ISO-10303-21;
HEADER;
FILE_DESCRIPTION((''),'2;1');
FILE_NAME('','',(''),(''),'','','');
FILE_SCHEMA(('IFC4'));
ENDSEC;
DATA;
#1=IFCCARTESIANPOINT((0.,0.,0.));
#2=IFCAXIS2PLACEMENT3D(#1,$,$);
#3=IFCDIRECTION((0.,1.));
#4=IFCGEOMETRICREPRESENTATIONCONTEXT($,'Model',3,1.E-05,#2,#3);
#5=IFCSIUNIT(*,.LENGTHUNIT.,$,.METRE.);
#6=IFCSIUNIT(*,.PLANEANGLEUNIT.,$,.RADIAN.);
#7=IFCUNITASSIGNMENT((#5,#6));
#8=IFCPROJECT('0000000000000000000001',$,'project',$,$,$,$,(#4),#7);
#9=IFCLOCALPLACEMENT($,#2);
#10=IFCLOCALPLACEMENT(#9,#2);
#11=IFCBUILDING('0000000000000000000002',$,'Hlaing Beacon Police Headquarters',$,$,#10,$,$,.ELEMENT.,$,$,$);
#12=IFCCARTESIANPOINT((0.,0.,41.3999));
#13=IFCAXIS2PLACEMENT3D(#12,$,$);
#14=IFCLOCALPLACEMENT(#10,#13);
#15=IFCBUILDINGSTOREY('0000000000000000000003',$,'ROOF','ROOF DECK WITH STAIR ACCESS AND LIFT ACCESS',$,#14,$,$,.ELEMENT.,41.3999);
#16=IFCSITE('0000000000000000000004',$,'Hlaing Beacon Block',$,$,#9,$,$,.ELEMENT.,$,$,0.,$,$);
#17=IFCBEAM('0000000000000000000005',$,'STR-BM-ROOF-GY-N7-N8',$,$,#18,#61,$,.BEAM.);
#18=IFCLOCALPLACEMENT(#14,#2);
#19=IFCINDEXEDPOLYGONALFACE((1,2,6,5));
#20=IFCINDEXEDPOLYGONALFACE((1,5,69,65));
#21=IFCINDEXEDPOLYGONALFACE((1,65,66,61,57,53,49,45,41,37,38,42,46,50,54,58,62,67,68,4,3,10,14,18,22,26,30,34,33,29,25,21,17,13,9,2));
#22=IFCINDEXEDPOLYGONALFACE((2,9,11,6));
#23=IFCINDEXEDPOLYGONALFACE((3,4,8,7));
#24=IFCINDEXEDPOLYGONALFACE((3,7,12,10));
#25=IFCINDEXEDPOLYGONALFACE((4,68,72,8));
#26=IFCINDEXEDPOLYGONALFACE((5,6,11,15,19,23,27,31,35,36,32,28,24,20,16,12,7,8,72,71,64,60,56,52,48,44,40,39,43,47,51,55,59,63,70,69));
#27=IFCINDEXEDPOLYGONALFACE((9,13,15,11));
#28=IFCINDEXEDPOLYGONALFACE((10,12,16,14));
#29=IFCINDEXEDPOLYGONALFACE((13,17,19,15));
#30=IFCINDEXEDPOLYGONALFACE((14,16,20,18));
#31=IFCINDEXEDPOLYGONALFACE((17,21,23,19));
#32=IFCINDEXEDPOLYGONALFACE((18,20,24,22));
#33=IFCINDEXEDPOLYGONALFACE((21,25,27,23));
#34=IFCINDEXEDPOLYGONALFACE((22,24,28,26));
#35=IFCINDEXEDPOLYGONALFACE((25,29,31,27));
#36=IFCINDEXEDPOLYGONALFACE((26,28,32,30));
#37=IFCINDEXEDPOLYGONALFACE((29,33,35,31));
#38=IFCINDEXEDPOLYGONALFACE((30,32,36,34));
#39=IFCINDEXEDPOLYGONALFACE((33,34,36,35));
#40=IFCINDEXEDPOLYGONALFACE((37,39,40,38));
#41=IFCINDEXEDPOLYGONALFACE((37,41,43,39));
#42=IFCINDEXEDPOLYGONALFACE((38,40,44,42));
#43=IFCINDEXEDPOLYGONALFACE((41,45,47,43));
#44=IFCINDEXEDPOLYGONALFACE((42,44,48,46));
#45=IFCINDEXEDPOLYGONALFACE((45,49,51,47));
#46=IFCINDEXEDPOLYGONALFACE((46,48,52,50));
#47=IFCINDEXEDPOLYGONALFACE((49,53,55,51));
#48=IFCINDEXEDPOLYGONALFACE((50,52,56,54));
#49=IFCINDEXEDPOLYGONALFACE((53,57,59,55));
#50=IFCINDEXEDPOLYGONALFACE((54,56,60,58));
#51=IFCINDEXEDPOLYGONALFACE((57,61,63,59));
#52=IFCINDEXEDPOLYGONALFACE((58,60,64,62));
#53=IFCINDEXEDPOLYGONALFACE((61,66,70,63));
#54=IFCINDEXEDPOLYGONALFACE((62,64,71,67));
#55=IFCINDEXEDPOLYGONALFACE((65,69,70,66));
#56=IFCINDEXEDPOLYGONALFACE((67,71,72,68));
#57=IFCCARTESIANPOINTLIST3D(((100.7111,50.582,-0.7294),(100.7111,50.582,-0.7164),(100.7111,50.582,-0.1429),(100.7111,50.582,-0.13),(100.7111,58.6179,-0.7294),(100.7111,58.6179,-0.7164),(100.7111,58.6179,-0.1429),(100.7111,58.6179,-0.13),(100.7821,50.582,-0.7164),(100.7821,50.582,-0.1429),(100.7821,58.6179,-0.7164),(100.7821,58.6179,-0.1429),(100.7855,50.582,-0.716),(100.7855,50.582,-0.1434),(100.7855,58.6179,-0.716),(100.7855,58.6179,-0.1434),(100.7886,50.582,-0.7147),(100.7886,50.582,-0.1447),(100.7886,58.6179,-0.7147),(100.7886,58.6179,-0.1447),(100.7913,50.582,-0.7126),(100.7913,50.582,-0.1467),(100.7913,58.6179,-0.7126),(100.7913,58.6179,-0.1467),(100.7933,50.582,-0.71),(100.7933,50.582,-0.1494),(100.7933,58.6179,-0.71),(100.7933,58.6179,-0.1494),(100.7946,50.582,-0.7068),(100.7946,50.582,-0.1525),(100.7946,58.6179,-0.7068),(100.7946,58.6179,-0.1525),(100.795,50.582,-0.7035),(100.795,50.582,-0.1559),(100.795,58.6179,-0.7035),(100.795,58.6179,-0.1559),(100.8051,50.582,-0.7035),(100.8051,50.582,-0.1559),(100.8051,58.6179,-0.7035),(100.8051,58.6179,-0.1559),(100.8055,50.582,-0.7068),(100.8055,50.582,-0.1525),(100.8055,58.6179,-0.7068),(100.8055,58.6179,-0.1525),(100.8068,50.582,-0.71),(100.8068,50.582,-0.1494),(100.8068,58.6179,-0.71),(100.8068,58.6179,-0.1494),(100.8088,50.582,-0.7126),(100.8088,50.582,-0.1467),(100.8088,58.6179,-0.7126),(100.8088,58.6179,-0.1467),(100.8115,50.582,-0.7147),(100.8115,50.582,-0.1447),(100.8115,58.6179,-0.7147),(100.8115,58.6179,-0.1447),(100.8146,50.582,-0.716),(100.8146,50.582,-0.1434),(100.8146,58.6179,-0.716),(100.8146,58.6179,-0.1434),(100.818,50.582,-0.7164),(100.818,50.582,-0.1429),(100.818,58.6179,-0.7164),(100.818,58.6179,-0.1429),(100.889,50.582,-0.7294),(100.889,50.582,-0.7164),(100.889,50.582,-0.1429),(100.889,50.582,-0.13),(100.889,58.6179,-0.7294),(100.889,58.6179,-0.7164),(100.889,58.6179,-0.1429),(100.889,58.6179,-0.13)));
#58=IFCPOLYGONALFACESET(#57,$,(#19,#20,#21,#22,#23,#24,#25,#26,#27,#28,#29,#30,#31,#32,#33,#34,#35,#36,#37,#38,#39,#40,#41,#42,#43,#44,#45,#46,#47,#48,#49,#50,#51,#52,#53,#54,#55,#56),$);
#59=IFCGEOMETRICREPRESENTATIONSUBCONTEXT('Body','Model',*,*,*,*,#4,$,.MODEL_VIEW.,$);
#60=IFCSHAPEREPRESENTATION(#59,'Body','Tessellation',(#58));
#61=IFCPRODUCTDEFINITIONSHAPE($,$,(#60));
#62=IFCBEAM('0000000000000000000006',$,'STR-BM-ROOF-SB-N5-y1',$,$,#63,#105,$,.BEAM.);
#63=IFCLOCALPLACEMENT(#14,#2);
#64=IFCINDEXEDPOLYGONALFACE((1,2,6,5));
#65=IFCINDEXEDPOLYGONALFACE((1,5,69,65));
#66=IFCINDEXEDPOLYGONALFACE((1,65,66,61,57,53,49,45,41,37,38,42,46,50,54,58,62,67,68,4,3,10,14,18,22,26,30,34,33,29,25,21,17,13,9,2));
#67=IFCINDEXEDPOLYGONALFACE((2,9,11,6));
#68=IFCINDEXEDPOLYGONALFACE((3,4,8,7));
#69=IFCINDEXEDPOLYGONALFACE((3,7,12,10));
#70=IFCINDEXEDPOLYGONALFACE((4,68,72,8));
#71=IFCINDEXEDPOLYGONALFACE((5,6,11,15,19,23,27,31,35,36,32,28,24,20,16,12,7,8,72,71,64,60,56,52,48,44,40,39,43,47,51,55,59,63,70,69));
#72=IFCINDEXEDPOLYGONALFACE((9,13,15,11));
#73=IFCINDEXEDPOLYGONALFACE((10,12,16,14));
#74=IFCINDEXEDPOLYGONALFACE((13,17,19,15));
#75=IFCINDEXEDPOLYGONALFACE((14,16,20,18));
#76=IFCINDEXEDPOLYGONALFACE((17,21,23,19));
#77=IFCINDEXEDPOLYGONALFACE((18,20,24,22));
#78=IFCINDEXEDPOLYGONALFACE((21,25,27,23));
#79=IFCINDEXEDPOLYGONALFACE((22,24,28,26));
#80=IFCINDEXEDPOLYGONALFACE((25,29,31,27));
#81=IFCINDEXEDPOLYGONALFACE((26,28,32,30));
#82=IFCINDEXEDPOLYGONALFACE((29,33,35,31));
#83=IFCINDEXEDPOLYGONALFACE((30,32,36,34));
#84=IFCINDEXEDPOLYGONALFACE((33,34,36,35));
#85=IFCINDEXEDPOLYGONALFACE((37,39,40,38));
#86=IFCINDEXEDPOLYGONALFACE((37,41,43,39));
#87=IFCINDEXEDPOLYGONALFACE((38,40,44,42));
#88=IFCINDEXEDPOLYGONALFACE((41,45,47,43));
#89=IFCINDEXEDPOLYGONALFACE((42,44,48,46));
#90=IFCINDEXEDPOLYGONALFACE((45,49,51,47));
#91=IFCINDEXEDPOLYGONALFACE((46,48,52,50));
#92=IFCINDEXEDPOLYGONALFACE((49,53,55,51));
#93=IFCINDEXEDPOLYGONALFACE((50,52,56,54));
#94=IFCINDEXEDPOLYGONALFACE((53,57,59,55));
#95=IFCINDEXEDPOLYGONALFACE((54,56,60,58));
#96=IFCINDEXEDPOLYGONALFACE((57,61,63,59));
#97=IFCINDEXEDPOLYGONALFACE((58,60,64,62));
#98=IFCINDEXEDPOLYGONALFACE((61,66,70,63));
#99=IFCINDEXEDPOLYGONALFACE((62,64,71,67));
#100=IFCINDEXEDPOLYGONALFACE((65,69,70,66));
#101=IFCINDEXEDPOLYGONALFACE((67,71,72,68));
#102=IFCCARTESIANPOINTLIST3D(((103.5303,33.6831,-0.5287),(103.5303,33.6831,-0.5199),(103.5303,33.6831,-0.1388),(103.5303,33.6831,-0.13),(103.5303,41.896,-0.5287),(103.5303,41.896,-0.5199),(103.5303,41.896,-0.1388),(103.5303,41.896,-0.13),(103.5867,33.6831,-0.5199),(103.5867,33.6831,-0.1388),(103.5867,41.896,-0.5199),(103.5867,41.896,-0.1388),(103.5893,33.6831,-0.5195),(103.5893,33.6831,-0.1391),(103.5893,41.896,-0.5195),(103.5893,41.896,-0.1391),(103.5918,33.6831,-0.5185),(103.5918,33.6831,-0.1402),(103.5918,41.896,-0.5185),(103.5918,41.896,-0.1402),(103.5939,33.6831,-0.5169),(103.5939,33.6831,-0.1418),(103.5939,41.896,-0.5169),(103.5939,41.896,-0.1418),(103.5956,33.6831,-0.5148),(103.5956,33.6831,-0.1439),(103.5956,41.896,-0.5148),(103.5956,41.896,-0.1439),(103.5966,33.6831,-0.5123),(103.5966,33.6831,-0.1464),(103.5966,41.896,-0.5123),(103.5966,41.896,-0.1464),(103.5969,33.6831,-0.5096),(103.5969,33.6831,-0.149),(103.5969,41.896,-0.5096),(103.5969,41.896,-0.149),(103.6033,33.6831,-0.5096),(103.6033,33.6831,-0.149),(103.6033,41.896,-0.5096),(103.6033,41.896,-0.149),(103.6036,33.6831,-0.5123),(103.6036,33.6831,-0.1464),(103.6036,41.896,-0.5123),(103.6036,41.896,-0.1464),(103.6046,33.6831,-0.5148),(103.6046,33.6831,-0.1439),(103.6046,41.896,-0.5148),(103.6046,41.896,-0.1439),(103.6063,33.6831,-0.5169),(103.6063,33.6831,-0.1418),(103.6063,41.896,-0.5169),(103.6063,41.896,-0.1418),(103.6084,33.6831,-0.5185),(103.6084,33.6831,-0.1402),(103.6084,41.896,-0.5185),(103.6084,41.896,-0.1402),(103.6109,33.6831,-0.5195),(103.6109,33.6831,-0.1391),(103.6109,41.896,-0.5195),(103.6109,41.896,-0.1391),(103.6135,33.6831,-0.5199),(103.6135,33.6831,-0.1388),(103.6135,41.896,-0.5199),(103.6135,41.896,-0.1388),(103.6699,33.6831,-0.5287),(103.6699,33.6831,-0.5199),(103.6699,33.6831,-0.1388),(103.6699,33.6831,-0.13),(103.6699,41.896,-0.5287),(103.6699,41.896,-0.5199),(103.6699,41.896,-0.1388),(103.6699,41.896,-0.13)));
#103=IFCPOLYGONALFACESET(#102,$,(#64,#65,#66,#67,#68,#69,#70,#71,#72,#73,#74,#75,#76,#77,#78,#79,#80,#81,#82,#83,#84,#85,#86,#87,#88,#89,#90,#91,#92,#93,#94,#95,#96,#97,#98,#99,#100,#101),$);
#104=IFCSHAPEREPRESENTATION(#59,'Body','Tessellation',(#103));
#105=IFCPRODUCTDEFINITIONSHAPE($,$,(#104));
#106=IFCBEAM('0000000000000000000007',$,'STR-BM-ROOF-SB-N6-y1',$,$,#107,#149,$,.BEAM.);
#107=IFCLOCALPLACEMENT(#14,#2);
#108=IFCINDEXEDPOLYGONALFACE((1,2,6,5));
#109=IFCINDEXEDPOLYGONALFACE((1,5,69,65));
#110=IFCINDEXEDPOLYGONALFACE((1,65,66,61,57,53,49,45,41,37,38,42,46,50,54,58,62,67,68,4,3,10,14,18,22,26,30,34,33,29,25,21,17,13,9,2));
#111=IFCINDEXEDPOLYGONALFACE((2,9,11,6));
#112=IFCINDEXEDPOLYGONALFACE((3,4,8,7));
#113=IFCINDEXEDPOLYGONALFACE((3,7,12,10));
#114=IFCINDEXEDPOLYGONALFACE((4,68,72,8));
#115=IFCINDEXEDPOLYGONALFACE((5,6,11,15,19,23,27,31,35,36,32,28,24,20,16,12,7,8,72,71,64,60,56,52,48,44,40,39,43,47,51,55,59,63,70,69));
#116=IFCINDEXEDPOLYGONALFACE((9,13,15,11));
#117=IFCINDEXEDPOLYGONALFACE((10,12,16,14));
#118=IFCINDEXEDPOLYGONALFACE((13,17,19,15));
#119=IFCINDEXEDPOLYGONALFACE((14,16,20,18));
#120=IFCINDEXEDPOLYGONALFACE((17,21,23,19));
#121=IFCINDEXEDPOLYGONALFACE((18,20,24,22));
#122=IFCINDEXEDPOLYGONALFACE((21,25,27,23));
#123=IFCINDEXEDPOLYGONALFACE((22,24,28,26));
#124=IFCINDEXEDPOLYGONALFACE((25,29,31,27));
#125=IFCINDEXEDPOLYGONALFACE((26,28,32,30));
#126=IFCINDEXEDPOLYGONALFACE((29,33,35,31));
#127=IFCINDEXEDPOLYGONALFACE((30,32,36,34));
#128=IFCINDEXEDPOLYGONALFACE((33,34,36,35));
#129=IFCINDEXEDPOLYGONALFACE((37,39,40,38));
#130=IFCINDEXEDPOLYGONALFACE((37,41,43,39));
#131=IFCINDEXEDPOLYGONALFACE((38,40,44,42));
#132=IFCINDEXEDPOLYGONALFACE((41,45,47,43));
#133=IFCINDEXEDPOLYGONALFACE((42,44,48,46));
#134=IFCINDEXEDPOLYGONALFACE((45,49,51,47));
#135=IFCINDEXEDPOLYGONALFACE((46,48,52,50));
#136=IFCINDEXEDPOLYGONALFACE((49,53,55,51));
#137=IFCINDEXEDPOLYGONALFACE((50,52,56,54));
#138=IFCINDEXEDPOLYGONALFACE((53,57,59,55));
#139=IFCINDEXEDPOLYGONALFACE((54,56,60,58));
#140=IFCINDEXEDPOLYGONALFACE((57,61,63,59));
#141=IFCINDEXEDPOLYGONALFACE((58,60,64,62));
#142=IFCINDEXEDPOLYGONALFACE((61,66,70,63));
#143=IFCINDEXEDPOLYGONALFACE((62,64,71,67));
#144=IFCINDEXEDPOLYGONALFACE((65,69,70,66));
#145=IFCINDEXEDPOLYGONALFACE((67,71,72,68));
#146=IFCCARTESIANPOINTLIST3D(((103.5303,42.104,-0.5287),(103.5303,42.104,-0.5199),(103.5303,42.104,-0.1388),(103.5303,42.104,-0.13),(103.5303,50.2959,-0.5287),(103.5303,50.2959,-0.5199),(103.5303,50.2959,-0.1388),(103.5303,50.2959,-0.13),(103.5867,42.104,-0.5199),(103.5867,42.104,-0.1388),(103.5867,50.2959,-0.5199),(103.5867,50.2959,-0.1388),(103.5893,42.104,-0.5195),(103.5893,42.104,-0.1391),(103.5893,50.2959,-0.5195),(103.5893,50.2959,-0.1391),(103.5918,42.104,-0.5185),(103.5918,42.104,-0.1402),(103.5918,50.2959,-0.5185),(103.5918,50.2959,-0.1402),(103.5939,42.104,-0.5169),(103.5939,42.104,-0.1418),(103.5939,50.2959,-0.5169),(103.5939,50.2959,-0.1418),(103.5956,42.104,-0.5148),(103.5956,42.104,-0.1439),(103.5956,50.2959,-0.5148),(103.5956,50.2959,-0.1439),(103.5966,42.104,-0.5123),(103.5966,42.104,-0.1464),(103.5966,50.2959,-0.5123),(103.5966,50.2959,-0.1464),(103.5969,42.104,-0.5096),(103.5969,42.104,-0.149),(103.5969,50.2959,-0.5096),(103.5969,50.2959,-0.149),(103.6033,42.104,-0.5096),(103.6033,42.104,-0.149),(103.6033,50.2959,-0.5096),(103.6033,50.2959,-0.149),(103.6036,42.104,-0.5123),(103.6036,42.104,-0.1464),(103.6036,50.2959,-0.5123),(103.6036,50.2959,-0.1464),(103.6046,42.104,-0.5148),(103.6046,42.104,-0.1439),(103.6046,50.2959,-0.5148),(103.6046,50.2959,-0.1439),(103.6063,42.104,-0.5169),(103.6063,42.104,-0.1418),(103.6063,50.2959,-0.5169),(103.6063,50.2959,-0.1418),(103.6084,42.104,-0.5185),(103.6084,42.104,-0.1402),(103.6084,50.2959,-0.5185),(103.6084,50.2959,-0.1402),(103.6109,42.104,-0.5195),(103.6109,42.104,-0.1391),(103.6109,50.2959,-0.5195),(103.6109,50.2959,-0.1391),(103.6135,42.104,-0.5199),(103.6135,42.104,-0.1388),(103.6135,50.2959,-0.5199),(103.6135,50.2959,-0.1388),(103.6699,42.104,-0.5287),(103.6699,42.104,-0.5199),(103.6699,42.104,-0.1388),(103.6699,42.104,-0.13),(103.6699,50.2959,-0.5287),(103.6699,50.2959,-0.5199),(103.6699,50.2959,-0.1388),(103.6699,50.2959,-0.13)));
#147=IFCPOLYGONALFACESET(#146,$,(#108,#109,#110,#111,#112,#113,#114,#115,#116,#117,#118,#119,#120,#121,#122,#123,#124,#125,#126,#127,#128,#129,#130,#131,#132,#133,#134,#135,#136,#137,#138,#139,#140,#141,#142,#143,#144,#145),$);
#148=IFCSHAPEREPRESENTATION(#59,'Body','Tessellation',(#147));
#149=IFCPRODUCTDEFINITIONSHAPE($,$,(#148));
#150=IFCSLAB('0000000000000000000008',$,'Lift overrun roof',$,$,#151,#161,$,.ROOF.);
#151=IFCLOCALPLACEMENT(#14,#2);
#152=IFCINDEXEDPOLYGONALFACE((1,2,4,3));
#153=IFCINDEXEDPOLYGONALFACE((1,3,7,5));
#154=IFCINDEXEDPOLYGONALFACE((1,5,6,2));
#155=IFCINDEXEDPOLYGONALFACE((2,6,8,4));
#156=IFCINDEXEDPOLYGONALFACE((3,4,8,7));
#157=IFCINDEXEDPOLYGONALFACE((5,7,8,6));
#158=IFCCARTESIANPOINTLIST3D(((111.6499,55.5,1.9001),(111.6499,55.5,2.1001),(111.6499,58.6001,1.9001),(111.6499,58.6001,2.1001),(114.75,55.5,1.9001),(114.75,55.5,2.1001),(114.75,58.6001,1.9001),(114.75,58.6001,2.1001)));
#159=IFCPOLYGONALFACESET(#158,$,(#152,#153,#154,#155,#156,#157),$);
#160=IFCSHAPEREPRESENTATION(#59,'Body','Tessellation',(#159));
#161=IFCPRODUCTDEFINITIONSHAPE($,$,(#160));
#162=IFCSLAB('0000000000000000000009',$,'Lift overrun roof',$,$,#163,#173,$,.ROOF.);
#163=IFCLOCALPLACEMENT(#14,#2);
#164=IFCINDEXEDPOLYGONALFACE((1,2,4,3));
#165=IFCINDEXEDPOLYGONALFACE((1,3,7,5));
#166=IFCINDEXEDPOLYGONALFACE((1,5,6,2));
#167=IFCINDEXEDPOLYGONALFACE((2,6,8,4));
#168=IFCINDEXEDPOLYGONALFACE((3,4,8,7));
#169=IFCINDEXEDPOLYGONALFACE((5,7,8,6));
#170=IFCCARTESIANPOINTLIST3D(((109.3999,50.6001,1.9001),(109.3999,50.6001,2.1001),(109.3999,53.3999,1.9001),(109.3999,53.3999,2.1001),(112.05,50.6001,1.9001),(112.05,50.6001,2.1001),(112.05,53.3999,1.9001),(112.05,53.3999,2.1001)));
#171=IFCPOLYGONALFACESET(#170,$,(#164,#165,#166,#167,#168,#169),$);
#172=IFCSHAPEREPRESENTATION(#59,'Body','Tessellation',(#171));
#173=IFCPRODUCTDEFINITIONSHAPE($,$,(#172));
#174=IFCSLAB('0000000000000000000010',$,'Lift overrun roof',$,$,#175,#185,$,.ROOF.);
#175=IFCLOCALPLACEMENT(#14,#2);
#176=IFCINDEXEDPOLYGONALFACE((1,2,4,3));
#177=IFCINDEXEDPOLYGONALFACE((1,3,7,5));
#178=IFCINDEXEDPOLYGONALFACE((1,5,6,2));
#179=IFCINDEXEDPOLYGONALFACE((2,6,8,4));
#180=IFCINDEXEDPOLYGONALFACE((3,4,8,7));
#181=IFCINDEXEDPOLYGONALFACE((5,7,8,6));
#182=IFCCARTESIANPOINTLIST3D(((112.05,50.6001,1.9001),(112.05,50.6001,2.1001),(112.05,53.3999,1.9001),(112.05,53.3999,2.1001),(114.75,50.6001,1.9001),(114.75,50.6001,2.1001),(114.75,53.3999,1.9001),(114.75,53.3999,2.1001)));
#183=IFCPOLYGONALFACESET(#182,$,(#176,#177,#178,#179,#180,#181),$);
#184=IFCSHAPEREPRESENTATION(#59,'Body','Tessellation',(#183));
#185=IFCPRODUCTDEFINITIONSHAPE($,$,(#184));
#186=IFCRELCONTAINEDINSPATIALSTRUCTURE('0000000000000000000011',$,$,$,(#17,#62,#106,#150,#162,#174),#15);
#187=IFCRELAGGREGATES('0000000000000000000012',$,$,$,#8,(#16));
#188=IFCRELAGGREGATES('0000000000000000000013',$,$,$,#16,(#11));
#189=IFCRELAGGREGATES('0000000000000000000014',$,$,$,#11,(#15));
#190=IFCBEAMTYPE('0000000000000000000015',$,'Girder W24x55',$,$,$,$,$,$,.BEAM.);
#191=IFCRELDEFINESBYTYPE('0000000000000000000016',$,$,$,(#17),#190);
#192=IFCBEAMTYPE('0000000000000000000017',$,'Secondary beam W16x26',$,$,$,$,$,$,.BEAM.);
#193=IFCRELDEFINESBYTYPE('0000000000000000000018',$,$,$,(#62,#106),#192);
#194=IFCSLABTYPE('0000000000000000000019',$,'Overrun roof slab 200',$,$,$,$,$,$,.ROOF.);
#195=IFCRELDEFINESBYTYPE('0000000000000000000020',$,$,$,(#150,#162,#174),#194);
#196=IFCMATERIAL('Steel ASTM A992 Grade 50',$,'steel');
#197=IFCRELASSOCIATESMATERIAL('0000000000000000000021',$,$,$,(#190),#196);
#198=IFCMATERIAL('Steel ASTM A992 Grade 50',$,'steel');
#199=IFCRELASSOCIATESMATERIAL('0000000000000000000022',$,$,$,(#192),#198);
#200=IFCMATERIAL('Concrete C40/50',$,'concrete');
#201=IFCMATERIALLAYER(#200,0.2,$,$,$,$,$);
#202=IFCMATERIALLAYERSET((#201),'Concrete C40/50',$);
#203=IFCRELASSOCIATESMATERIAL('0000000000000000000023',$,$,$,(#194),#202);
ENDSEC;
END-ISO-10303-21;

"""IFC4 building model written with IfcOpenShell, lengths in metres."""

from ifc_helpers import new_model, si_unit, direction, frame, origin, origin_2d, place, context, subcontext, project, spatial, polyline, i_section, outline, extrude, material, layer, layer_set, material_profile, profile_set, type_object, element, save


model = new_model("IFC4")

# Units and contexts
model_context = context("Model", 3, precision=1e-05, world=origin(), true_north=direction((0.0, 1.0)))
body_context = subcontext(model_context, "Body", "Model", "MODEL_VIEW")
ifc_project = project(units=[si_unit("LENGTHUNIT", "METRE"), si_unit("PLANEANGLEUNIT", "RADIAN")], contexts=[model_context])

# Site, building, storey
site_placement = place(None, origin())
site = spatial("IfcSite", under=ifc_project, at=site_placement, Name="Hlaing Beacon Block", CompositionType="ELEMENT", RefElevation=0.0)
building_placement = place(site_placement, origin())
building = spatial("IfcBuilding", under=site, at=building_placement, Name="Hlaing Beacon Police Headquarters", CompositionType="ELEMENT")
storey_placement = place(building_placement, frame((0.0, 0.0, 41.3999)))
storey = spatial("IfcBuildingStorey", under=building, at=storey_placement, Name="ROOF", Description="ROOF DECK WITH STAIR ACCESS AND LIFT ACCESS", CompositionType="ELEMENT", Elevation=41.3999)

# Beams
ifc_material_1 = material(Name="Steel ASTM A992 Grade 50", Category="steel")
ifc_material_profile_1 = material_profile(ifc_material_1, i_section(OverallWidth=0.178, OverallDepth=0.5994, WebThickness=0.01, FlangeThickness=0.0129, FilletRadius=0.0129, at=origin_2d()), Name="W24x55")
ifc_profile_set_1 = profile_set([ifc_material_profile_1], Name="Steel ASTM A992 Grade 50")
beam_type_1 = type_object("IfcBeamType", Name="Girder W24x55", PredefinedType="BEAM", material=ifc_profile_set_1)
beam_1_placement = place(storey_placement, frame((100.8, 50.582, -0.4297), z_axis=(0.0, 1.0, 0.0), x_axis=(-1.0, 0.0, 0.0)))
element("IfcBeam", 1, at=beam_1_placement, inside=storey, type_object=beam_type_1, Name="STR-BM-ROOF-GY-N7-N8", PredefinedType="BEAM", context=body_context, shape_type="SweptSolid", body=[
    extrude(i_section(OverallWidth=0.178, OverallDepth=0.5994, WebThickness=0.01, FlangeThickness=0.0129, FilletRadius=0.0129, at=origin_2d()), origin(), (0.0, 0.0, 1.0), 8.0359),
])
ifc_material_2 = material(Name="Steel ASTM A992 Grade 50", Category="steel")
ifc_material_profile_2 = material_profile(ifc_material_2, i_section(OverallWidth=0.1396, OverallDepth=0.3987, WebThickness=0.0063, FlangeThickness=0.0088, FilletRadius=0.0103, at=origin_2d()), Name="W16x26")
ifc_profile_set_2 = profile_set([ifc_material_profile_2], Name="Steel ASTM A992 Grade 50")
beam_type_2 = type_object("IfcBeamType", Name="Secondary beam W16x26", PredefinedType="BEAM", material=ifc_profile_set_2)
beam_2_placement = place(storey_placement, frame((103.6001, 33.6831, -0.3293), z_axis=(0.0, 1.0, 0.0), x_axis=(-1.0, 0.0, 0.0)))
element("IfcBeam", 2, at=beam_2_placement, inside=storey, type_object=beam_type_2, Name="STR-BM-ROOF-SB-N5-y1", PredefinedType="BEAM", context=body_context, shape_type="SweptSolid", body=[
    extrude(i_section(OverallWidth=0.1396, OverallDepth=0.3987, WebThickness=0.0063, FlangeThickness=0.0088, FilletRadius=0.0103, at=origin_2d()), origin(), (0.0, 0.0, 1.0), 8.2129),
])
beam_3_placement = place(storey_placement, frame((103.6001, 42.104, -0.3293), z_axis=(0.0, 1.0, 0.0), x_axis=(-1.0, 0.0, 0.0)))
element("IfcBeam", 3, at=beam_3_placement, inside=storey, type_object=beam_type_2, Name="STR-BM-ROOF-SB-N6-y1", PredefinedType="BEAM", context=body_context, shape_type="SweptSolid", body=[
    extrude(i_section(OverallWidth=0.1396, OverallDepth=0.3987, WebThickness=0.0063, FlangeThickness=0.0088, FilletRadius=0.0103, at=origin_2d()), origin(), (0.0, 0.0, 1.0), 8.1919),
])

# Slabs
ifc_material_3 = material(Name="Concrete C40/50", Category="concrete")
ifc_layer_1 = layer(ifc_material_3, 0.2)
ifc_layer_set_1 = layer_set([ifc_layer_1], Name="Concrete C40/50")
slab_type_1 = type_object("IfcSlabType", Name="Overrun roof slab 200", PredefinedType="ROOF", material=ifc_layer_set_1)
slab_1_placement = place(storey_placement, frame((0.0, 0.0, 1.9001)))
element("IfcSlab", 4, at=slab_1_placement, inside=storey, type_object=slab_type_1, Name="Lift overrun roof", PredefinedType="ROOF", context=body_context, shape_type="SweptSolid", body=[
    extrude(outline(polyline([(111.6499, 55.5), (114.75, 55.5), (114.75, 58.6001), (111.6499, 58.6001), (111.6499, 55.5)])), origin(), (0.0, 0.0, 1.0), 0.2),
])
slab_2_placement = place(storey_placement, frame((0.0, 0.0, 1.9001)))
element("IfcSlab", 5, at=slab_2_placement, inside=storey, type_object=slab_type_1, Name="Lift overrun roof", PredefinedType="ROOF", context=body_context, shape_type="SweptSolid", body=[
    extrude(outline(polyline([(109.3999, 50.6001), (112.05, 50.6001), (112.05, 53.3999), (109.3999, 53.3999), (109.3999, 50.6001)])), origin(), (0.0, 0.0, 1.0), 0.2),
])
slab_3_placement = place(storey_placement, frame((0.0, 0.0, 1.9001)))
element("IfcSlab", 6, at=slab_3_placement, inside=storey, type_object=slab_type_1, Name="Lift overrun roof", PredefinedType="ROOF", context=body_context, shape_type="SweptSolid", body=[
    extrude(outline(polyline([(112.05, 50.6001), (114.75, 50.6001), (114.75, 53.3999), (112.05, 53.3999), (112.05, 50.6001)])), origin(), (0.0, 0.0, 1.0), 0.2),
])

save(model, "model.ifc")
